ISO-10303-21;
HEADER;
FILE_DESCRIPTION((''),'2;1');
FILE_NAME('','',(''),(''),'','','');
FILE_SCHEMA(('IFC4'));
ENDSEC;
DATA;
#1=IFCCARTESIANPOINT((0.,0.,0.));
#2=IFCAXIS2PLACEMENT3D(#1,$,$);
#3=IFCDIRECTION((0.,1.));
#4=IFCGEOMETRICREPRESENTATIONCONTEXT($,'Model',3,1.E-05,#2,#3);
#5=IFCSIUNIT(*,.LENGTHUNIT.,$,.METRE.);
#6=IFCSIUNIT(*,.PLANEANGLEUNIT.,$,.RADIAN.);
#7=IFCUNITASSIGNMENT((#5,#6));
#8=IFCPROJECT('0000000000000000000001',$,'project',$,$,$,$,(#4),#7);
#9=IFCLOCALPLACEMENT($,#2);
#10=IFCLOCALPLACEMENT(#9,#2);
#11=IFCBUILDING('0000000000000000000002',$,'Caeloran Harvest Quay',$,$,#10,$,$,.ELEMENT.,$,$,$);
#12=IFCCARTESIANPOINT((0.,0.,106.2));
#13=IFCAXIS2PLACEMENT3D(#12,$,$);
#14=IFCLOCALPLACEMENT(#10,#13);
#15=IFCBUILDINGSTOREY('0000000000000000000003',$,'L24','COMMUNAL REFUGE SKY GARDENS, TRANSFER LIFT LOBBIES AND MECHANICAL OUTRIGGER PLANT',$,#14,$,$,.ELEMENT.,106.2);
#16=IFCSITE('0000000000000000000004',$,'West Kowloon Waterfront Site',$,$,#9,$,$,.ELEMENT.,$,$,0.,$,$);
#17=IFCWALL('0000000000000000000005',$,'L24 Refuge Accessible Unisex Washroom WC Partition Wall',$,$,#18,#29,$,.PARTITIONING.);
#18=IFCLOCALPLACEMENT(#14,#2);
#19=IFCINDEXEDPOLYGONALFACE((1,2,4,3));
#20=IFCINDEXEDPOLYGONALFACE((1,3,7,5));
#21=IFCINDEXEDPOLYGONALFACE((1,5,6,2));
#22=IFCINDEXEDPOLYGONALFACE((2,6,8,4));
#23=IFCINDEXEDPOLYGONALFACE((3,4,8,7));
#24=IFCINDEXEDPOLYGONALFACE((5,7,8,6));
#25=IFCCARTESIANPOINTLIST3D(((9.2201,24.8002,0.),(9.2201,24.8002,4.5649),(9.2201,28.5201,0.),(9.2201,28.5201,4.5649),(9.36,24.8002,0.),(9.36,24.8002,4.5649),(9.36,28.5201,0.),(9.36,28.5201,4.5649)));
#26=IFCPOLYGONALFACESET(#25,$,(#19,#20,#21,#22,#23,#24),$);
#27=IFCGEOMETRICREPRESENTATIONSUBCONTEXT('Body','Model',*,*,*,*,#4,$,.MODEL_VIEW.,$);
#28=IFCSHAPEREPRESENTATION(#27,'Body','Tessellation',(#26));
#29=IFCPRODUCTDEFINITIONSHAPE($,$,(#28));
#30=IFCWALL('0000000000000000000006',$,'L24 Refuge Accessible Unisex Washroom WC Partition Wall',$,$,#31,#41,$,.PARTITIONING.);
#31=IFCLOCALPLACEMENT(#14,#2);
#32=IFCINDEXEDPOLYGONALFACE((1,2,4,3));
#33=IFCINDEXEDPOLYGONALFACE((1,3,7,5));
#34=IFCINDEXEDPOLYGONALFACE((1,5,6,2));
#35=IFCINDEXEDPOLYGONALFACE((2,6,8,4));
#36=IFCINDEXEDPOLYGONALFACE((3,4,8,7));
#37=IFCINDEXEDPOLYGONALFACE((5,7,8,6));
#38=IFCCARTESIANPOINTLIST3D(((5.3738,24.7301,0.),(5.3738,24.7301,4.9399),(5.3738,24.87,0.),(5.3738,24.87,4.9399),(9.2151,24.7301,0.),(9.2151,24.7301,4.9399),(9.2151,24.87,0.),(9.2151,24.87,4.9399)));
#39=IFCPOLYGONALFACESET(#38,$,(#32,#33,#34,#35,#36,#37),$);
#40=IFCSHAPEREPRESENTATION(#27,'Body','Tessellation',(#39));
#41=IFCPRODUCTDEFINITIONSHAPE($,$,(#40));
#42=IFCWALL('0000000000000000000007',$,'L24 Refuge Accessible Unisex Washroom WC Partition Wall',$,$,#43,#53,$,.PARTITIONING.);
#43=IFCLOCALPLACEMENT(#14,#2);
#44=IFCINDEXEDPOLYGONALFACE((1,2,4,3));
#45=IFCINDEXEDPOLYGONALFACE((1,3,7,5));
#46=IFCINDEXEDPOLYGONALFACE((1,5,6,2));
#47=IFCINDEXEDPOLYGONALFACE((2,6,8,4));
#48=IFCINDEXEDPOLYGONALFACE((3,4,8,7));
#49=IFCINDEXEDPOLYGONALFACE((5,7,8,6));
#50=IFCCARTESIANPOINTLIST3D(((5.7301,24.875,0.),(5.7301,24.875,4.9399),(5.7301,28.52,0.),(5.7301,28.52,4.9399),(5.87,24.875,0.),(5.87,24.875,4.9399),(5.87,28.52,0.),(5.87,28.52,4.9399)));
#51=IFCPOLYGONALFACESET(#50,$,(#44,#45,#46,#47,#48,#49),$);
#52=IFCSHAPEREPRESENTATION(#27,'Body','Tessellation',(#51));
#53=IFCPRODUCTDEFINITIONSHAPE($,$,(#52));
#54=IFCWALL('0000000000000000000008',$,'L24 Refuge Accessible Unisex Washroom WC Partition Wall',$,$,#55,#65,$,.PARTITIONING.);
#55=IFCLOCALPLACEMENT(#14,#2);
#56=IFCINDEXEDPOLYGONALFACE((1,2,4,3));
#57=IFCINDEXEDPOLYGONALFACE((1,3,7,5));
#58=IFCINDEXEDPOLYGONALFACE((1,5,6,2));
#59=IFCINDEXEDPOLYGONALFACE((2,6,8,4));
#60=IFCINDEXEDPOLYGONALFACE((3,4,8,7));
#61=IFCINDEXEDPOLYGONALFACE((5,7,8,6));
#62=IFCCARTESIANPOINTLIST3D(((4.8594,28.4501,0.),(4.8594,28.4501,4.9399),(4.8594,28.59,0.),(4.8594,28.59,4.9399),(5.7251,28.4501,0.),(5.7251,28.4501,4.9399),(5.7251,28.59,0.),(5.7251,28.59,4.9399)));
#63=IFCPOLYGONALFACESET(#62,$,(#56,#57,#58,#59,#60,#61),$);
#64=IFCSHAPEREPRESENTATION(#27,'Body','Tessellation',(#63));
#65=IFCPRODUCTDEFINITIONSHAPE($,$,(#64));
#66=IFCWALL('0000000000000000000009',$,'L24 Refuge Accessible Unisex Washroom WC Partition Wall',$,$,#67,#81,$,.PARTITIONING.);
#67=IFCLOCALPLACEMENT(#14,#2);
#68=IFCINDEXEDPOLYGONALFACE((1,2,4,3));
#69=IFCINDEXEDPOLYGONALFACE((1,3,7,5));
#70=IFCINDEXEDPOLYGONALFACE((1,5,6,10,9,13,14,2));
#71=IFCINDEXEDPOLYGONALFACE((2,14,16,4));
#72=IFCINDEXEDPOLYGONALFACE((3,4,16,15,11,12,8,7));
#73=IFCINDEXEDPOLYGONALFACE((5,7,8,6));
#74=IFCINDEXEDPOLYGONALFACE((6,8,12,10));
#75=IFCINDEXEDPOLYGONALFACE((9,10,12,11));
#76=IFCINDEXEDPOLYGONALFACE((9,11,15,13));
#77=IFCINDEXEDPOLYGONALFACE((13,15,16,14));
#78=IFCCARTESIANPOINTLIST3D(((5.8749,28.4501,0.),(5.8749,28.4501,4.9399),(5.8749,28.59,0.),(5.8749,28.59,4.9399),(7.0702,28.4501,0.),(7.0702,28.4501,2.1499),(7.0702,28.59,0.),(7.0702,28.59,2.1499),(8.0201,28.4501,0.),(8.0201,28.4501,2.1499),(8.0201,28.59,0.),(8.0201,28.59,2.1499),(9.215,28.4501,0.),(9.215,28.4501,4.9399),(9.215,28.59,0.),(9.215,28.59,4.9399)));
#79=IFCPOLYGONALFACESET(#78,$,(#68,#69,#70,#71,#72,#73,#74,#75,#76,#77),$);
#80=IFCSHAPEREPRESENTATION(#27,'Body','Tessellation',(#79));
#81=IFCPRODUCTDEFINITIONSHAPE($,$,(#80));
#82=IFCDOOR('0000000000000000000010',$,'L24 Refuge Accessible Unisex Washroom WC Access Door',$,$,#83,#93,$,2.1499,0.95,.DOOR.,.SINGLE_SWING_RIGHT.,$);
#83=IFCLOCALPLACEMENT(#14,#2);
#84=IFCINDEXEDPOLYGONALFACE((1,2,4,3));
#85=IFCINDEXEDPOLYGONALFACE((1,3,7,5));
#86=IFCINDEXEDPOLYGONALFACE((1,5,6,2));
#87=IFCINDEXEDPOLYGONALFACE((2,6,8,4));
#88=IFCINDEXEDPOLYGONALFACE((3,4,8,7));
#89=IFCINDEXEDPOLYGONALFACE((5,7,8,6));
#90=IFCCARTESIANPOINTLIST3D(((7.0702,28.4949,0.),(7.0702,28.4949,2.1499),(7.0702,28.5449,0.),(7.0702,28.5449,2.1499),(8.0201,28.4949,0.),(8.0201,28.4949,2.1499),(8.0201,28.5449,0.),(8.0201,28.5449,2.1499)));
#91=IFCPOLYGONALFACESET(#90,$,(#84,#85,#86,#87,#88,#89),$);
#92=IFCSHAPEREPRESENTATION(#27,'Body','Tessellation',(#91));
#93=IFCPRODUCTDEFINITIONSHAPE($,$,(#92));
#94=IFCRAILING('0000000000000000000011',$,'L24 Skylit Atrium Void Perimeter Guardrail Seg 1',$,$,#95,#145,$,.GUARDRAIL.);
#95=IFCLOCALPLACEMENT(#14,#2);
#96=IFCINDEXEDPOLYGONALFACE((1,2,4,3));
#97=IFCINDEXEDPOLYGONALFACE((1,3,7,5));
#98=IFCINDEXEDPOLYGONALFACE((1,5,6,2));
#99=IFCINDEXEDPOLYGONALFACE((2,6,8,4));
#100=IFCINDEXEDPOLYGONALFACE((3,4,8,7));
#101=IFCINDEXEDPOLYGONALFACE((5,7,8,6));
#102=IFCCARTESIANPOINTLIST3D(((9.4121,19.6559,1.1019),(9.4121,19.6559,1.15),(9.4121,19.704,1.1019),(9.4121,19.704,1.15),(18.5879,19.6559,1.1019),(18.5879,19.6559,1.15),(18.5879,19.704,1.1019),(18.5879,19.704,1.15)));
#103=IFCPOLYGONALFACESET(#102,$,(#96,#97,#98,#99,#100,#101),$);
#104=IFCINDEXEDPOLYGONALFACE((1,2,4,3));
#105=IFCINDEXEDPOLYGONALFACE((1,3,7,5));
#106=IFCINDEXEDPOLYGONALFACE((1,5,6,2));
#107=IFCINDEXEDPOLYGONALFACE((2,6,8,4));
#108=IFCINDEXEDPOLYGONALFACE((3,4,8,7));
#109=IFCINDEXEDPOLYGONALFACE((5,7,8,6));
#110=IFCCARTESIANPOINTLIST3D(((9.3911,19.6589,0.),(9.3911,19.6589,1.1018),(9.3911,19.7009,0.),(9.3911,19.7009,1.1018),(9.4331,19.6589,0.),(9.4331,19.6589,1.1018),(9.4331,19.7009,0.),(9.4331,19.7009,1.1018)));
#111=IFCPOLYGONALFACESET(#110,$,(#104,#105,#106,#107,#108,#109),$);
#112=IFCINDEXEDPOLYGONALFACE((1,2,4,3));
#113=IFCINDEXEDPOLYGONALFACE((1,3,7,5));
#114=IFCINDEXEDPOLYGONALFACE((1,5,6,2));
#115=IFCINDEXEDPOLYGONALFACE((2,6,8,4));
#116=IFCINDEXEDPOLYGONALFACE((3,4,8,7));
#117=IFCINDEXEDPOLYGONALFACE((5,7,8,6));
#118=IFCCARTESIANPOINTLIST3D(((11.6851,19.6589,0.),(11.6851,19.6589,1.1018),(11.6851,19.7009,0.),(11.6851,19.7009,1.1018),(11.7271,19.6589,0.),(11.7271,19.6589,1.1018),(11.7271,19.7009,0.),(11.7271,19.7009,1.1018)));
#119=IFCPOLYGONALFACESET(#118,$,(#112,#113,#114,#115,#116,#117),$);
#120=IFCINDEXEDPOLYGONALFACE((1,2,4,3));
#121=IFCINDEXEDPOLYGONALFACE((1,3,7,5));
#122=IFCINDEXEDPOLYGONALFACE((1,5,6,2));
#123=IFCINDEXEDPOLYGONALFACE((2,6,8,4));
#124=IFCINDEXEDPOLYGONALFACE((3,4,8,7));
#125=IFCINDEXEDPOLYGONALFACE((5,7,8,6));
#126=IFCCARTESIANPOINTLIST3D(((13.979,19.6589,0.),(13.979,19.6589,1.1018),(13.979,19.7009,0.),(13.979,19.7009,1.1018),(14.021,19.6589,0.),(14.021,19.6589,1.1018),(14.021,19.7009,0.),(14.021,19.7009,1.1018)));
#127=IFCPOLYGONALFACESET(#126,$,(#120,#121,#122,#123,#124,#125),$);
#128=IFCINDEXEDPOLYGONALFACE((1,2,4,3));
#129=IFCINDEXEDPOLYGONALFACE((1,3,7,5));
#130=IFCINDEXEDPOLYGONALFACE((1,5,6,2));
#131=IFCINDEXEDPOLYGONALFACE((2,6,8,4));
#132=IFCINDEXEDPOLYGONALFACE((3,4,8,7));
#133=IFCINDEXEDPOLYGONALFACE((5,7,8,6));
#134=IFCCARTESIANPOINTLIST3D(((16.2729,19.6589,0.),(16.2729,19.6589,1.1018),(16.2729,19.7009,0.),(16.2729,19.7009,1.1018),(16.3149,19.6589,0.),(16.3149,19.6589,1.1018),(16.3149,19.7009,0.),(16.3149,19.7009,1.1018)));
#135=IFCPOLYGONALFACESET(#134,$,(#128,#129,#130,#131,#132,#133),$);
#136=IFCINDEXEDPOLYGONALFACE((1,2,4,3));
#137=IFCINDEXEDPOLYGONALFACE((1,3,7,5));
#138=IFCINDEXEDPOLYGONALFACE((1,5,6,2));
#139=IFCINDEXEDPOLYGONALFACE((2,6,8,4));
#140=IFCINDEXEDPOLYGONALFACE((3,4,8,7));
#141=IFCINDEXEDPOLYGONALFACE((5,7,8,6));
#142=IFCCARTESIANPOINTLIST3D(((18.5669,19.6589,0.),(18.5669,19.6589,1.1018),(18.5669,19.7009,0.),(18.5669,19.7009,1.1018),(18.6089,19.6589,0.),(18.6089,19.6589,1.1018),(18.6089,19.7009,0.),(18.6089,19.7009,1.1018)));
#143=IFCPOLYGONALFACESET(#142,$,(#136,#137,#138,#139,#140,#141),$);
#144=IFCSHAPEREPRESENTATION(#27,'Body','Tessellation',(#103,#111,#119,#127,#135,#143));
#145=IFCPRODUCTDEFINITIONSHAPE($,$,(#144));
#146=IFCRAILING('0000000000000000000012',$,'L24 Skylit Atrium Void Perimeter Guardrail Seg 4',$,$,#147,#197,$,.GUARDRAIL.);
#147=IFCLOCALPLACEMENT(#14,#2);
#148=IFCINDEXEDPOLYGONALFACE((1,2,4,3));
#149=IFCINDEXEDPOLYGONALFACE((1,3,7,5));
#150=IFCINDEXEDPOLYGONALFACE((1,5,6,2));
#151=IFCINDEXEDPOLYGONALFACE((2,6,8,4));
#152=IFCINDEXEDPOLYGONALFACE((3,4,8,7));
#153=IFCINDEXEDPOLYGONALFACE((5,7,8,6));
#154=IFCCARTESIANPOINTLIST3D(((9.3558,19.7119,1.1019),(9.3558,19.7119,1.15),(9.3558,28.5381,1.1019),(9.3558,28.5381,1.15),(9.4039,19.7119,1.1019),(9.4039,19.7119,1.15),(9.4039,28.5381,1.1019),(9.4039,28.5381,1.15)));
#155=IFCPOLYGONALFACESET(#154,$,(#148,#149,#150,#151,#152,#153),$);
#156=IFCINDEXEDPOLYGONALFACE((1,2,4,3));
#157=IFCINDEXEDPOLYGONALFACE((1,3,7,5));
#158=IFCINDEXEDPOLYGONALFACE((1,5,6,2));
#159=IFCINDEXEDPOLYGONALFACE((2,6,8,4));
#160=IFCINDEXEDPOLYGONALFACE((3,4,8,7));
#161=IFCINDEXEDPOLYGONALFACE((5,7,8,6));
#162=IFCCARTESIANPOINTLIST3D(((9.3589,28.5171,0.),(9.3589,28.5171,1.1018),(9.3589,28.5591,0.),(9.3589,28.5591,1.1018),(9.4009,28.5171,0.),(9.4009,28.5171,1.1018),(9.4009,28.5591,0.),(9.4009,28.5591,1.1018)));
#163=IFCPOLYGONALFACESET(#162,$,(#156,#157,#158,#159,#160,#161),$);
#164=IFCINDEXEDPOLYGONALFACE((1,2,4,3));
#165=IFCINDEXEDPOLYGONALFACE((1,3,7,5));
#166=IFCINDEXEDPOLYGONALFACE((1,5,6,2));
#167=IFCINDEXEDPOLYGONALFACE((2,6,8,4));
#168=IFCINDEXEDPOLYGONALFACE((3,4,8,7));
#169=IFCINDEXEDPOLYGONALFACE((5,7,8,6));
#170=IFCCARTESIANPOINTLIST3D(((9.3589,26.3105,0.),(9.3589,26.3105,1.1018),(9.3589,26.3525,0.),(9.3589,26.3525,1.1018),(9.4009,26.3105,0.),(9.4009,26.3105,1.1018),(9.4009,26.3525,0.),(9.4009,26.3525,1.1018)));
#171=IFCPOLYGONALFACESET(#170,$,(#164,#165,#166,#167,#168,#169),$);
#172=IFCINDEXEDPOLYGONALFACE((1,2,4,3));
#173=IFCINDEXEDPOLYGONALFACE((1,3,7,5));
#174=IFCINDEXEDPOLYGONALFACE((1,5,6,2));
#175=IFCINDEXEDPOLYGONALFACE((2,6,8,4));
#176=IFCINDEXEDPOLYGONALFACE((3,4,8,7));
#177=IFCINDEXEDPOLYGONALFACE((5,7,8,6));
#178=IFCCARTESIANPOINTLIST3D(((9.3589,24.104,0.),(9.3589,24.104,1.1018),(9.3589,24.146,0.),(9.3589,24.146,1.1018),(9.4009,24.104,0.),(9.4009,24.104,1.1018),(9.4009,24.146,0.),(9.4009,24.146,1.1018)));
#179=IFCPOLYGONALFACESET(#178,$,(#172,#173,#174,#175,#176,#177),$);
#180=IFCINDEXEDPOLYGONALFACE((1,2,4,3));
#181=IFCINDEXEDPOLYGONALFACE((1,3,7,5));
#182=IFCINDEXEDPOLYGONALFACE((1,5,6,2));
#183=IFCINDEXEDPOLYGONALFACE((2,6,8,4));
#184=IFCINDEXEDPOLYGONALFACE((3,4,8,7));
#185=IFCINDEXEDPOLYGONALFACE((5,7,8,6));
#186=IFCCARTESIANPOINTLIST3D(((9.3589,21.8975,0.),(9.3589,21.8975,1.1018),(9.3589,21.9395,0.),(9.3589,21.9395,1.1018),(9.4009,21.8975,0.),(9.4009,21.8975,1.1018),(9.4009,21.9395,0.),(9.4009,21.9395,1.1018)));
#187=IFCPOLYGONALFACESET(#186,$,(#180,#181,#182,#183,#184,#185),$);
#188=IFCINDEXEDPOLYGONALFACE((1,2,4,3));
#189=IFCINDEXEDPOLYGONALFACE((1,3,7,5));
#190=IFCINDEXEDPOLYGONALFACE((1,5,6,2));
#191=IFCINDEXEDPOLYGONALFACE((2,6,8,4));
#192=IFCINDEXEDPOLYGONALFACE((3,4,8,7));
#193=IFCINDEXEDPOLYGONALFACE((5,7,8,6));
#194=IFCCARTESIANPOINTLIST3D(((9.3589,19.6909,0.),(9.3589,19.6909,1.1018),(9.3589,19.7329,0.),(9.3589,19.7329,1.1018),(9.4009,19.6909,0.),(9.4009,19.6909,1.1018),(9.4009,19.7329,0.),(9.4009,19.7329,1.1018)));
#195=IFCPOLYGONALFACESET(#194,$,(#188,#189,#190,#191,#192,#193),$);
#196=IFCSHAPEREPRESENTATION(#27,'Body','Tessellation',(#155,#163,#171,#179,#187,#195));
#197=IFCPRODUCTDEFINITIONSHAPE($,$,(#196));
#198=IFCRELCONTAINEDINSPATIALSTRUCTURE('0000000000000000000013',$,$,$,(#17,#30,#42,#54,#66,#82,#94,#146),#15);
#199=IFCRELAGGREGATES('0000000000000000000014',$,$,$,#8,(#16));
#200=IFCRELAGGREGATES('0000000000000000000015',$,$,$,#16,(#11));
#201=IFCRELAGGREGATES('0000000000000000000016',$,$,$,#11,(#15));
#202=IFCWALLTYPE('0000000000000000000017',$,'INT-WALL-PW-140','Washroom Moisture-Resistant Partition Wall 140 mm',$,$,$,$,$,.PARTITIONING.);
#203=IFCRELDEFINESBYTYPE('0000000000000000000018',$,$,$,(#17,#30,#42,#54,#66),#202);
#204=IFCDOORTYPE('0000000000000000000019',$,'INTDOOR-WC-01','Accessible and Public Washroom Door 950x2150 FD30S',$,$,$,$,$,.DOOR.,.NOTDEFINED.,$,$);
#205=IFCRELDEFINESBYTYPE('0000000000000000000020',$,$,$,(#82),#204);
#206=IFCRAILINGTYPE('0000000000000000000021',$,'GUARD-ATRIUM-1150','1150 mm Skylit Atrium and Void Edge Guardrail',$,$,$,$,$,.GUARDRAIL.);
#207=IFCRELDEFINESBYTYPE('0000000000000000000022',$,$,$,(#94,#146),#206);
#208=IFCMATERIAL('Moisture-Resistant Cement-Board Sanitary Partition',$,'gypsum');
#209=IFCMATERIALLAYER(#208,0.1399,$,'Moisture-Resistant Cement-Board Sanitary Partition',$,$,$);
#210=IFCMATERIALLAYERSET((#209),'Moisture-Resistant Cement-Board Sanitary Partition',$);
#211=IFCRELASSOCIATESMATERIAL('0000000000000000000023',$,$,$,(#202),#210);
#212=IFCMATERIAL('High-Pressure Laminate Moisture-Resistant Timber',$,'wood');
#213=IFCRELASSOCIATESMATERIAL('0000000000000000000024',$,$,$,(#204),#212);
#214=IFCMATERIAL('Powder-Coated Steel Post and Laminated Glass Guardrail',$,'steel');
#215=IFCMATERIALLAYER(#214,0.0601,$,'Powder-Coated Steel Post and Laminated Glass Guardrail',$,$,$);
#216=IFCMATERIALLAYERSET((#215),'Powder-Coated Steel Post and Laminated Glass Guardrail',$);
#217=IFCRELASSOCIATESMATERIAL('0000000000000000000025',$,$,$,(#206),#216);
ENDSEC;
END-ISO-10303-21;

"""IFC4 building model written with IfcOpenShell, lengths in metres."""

from ifc_helpers import new_model, si_unit, direction, frame, frame_2d, origin, origin_2d, place, context, subcontext, project, spatial, rectangle, extrude, material, layer, layer_set, type_object, element, fill, save


model = new_model("IFC4")

# Units and contexts
model_context = context("Model", 3, precision=1e-05, world=origin(), true_north=direction((0.0, 1.0)))
body_context = subcontext(model_context, "Body", "Model", "MODEL_VIEW")
ifc_project = project(units=[si_unit("LENGTHUNIT", "METRE"), si_unit("PLANEANGLEUNIT", "RADIAN")], contexts=[model_context])

# Site, building, storey
site_placement = place(None, origin())
site = spatial("IfcSite", under=ifc_project, at=site_placement, Name="West Kowloon Waterfront Site", CompositionType="ELEMENT", RefElevation=0.0)
building_placement = place(site_placement, origin())
building = spatial("IfcBuilding", under=site, at=building_placement, Name="Caeloran Harvest Quay", CompositionType="ELEMENT")
storey_placement = place(building_placement, frame((0.0, 0.0, 106.2)))
storey = spatial("IfcBuildingStorey", under=building, at=storey_placement, Name="L24", Description="COMMUNAL REFUGE SKY GARDENS, TRANSFER LIFT LOBBIES AND MECHANICAL OUTRIGGER PLANT", CompositionType="ELEMENT", Elevation=106.2)

# Walls
ifc_material_1 = material(Name="Moisture-Resistant Cement-Board Sanitary Partition", Category="gypsum")
ifc_layer_1 = layer(ifc_material_1, 0.1399, Name="Moisture-Resistant Cement-Board Sanitary Partition")
ifc_layer_set_1 = layer_set([ifc_layer_1], Name="Moisture-Resistant Cement-Board Sanitary Partition")
wall_type = type_object("IfcWallType", Name="INT-WALL-PW-140", Description="Washroom Moisture-Resistant Partition Wall 140 mm", PredefinedType="PARTITIONING", material=ifc_layer_set_1)
wall_1_placement = place(storey_placement, frame((9.29, 28.52, 0.0), z_axis=(0.0, 0.0, 1.0), x_axis=(0.0, -1.0, 0.0)))
element("IfcWall", 1, at=wall_1_placement, inside=storey, type_object=wall_type, Name="L24 Refuge Accessible Unisex Washroom WC Partition Wall", PredefinedType="PARTITIONING", context=body_context, shape_type="SweptSolid", body=[
    extrude(rectangle(XDim=3.72, YDim=0.1399, at=frame_2d((1.8599, 0.0))), origin(), (0.0, 0.0, 1.0), 4.5649),
])
wall_2_placement = place(storey_placement, frame((9.2151, 24.8, 0.0), z_axis=(0.0, 0.0, 1.0), x_axis=(-1.0, 0.0, 0.0)))
element("IfcWall", 2, at=wall_2_placement, inside=storey, type_object=wall_type, Name="L24 Refuge Accessible Unisex Washroom WC Partition Wall", PredefinedType="PARTITIONING", context=body_context, shape_type="SweptSolid", body=[
    extrude(rectangle(XDim=3.8413, YDim=0.1399, at=frame_2d((1.9207, 0.0))), origin(), (0.0, 0.0, 1.0), 4.9399),
])
wall_3_placement = place(storey_placement, frame((5.8, 24.875, 0.0), z_axis=(0.0, 0.0, 1.0), x_axis=(0.0, 1.0, 0.0)))
element("IfcWall", 3, at=wall_3_placement, inside=storey, type_object=wall_type, Name="L24 Refuge Accessible Unisex Washroom WC Partition Wall", PredefinedType="PARTITIONING", context=body_context, shape_type="SweptSolid", body=[
    extrude(rectangle(XDim=3.645, YDim=0.1399, at=frame_2d((1.8225, 0.0))), origin(), (0.0, 0.0, 1.0), 4.9399),
])
wall_4_placement = place(storey_placement, frame((4.8594, 28.52, 0.0), z_axis=(0.0, 0.0, 1.0), x_axis=(1.0, 0.0, 0.0)))
element("IfcWall", 4, at=wall_4_placement, inside=storey, type_object=wall_type, Name="L24 Refuge Accessible Unisex Washroom WC Partition Wall", PredefinedType="PARTITIONING", context=body_context, shape_type="SweptSolid", body=[
    extrude(rectangle(XDim=0.8657, YDim=0.1399, at=frame_2d((0.4329, 0.0))), origin(), (0.0, 0.0, 1.0), 4.9399),
])

# Wall, opening, door
wall_5_placement = place(storey_placement, frame((5.875, 28.52, 0.0), z_axis=(0.0, 0.0, 1.0), x_axis=(1.0, 0.0, 0.0)))
wall_5 = element("IfcWall", 5, at=wall_5_placement, inside=storey, type_object=wall_type, Name="L24 Refuge Accessible Unisex Washroom WC Partition Wall", PredefinedType="PARTITIONING", context=body_context, shape_type="SweptSolid", body=[
    extrude(rectangle(XDim=3.3401, YDim=0.1399, at=frame_2d((1.6699, 0.0))), origin(), (0.0, 0.0, 1.0), 4.9399),
])
opening_placement = place(wall_5_placement, frame((1.1951, 0.0, 0.0)))
opening = element("IfcOpeningElement", 6, at=opening_placement, cuts=wall_5, PredefinedType="OPENING", context=body_context, shape_type="SweptSolid", body=[
    extrude(rectangle(XDim=0.95, YDim=2.1499, at=frame_2d((0.4751, 1.075))), frame((0.0, 0.0801, 0.0), z_axis=(0.0, -1.0, 0.0), x_axis=(1.0, 0.0, 0.0)), (0.0, 0.0, 1.0), 0.1599),
])
ifc_material_2 = material(Name="High-Pressure Laminate Moisture-Resistant Timber", Category="wood")
door_type = type_object("IfcDoorType", Name="INTDOOR-WC-01", Description="Accessible and Public Washroom Door 950x2150 FD30S", OperationType="NOTDEFINED", PredefinedType="DOOR", material=ifc_material_2)
door_placement = place(opening_placement, origin())
door = element("IfcDoor", 7, at=door_placement, inside=storey, type_object=door_type, Name="L24 Refuge Accessible Unisex Washroom WC Access Door", OperationType="SINGLE_SWING_RIGHT", OverallHeight=2.1499, OverallWidth=0.95, PredefinedType="DOOR", context=body_context, shape_type="SweptSolid", body=[
    extrude(rectangle(XDim=0.95, YDim=2.1499, at=frame_2d((0.4751, 1.075))), frame((0.0, 0.0249, 0.0), z_axis=(0.0, -1.0, 0.0), x_axis=(1.0, 0.0, 0.0)), (0.0, 0.0, 1.0), 0.05),
])
fill(opening, door)

# Railings
ifc_material_3 = material(Name="Powder-Coated Steel Post and Laminated Glass Guardrail", Category="steel")
ifc_layer_2 = layer(ifc_material_3, 0.0601, Name="Powder-Coated Steel Post and Laminated Glass Guardrail")
ifc_layer_set_2 = layer_set([ifc_layer_2], Name="Powder-Coated Steel Post and Laminated Glass Guardrail")
railing_type = type_object("IfcRailingType", Name="GUARD-ATRIUM-1150", Description="1150 mm Skylit Atrium and Void Edge Guardrail", PredefinedType="GUARDRAIL", material=ifc_layer_set_2)
railing_1_placement = place(storey_placement, frame((9.4121, 19.6799, 0.0)))
element("IfcRailing", 8, at=railing_1_placement, inside=storey, type_object=railing_type, Name="L24 Skylit Atrium Void Perimeter Guardrail Seg 1", PredefinedType="GUARDRAIL", context=body_context, shape_type="SweptSolid", body=[
    extrude(rectangle(XDim=0.0481, YDim=0.0481, at=origin_2d()), frame((0.0, 0.0, 1.126), z_axis=(1.0, 0.0, 0.0), x_axis=(0.0, 1.0, 0.0)), (0.0, 0.0, 1.0), 9.1758),
    extrude(rectangle(XDim=0.042, YDim=0.042, at=origin_2d()), origin(), (0.0, 0.0, 1.0), 1.1018),
    extrude(rectangle(XDim=0.042, YDim=0.042, at=origin_2d()), frame((2.2939, 0.0, 0.0)), (0.0, 0.0, 1.0), 1.1018),
    extrude(rectangle(XDim=0.042, YDim=0.042, at=origin_2d()), frame((4.5879, 0.0, 0.0)), (0.0, 0.0, 1.0), 1.1018),
    extrude(rectangle(XDim=0.042, YDim=0.042, at=origin_2d()), frame((6.8818, 0.0, 0.0)), (0.0, 0.0, 1.0), 1.1018),
    extrude(rectangle(XDim=0.042, YDim=0.042, at=origin_2d()), frame((9.1758, 0.0, 0.0)), (0.0, 0.0, 1.0), 1.1018),
])
railing_2_placement = place(storey_placement, frame((9.3799, 28.5381, 0.0)))
element("IfcRailing", 9, at=railing_2_placement, inside=storey, type_object=railing_type, Name="L24 Skylit Atrium Void Perimeter Guardrail Seg 4", PredefinedType="GUARDRAIL", context=body_context, shape_type="SweptSolid", body=[
    extrude(rectangle(XDim=0.0481, YDim=0.0481, at=origin_2d()), frame((0.0, 0.0, 1.126), z_axis=(0.0, -1.0, 0.0), x_axis=(1.0, 0.0, 0.0)), (0.0, 0.0, 1.0), 8.8262),
    extrude(rectangle(XDim=0.042, YDim=0.042, at=origin_2d()), origin(), (0.0, 0.0, 1.0), 1.1018),
    extrude(rectangle(XDim=0.042, YDim=0.042, at=origin_2d()), frame((0.0, -2.2065, 0.0)), (0.0, 0.0, 1.0), 1.1018),
    extrude(rectangle(XDim=0.042, YDim=0.042, at=origin_2d()), frame((0.0, -4.4131, 0.0)), (0.0, 0.0, 1.0), 1.1018),
    extrude(rectangle(XDim=0.042, YDim=0.042, at=origin_2d()), frame((0.0, -6.6196, 0.0)), (0.0, 0.0, 1.0), 1.1018),
    extrude(rectangle(XDim=0.042, YDim=0.042, at=origin_2d()), frame((0.0, -8.8262, 0.0)), (0.0, 0.0, 1.0), 1.1018),
])

save(model, "model.ifc")
